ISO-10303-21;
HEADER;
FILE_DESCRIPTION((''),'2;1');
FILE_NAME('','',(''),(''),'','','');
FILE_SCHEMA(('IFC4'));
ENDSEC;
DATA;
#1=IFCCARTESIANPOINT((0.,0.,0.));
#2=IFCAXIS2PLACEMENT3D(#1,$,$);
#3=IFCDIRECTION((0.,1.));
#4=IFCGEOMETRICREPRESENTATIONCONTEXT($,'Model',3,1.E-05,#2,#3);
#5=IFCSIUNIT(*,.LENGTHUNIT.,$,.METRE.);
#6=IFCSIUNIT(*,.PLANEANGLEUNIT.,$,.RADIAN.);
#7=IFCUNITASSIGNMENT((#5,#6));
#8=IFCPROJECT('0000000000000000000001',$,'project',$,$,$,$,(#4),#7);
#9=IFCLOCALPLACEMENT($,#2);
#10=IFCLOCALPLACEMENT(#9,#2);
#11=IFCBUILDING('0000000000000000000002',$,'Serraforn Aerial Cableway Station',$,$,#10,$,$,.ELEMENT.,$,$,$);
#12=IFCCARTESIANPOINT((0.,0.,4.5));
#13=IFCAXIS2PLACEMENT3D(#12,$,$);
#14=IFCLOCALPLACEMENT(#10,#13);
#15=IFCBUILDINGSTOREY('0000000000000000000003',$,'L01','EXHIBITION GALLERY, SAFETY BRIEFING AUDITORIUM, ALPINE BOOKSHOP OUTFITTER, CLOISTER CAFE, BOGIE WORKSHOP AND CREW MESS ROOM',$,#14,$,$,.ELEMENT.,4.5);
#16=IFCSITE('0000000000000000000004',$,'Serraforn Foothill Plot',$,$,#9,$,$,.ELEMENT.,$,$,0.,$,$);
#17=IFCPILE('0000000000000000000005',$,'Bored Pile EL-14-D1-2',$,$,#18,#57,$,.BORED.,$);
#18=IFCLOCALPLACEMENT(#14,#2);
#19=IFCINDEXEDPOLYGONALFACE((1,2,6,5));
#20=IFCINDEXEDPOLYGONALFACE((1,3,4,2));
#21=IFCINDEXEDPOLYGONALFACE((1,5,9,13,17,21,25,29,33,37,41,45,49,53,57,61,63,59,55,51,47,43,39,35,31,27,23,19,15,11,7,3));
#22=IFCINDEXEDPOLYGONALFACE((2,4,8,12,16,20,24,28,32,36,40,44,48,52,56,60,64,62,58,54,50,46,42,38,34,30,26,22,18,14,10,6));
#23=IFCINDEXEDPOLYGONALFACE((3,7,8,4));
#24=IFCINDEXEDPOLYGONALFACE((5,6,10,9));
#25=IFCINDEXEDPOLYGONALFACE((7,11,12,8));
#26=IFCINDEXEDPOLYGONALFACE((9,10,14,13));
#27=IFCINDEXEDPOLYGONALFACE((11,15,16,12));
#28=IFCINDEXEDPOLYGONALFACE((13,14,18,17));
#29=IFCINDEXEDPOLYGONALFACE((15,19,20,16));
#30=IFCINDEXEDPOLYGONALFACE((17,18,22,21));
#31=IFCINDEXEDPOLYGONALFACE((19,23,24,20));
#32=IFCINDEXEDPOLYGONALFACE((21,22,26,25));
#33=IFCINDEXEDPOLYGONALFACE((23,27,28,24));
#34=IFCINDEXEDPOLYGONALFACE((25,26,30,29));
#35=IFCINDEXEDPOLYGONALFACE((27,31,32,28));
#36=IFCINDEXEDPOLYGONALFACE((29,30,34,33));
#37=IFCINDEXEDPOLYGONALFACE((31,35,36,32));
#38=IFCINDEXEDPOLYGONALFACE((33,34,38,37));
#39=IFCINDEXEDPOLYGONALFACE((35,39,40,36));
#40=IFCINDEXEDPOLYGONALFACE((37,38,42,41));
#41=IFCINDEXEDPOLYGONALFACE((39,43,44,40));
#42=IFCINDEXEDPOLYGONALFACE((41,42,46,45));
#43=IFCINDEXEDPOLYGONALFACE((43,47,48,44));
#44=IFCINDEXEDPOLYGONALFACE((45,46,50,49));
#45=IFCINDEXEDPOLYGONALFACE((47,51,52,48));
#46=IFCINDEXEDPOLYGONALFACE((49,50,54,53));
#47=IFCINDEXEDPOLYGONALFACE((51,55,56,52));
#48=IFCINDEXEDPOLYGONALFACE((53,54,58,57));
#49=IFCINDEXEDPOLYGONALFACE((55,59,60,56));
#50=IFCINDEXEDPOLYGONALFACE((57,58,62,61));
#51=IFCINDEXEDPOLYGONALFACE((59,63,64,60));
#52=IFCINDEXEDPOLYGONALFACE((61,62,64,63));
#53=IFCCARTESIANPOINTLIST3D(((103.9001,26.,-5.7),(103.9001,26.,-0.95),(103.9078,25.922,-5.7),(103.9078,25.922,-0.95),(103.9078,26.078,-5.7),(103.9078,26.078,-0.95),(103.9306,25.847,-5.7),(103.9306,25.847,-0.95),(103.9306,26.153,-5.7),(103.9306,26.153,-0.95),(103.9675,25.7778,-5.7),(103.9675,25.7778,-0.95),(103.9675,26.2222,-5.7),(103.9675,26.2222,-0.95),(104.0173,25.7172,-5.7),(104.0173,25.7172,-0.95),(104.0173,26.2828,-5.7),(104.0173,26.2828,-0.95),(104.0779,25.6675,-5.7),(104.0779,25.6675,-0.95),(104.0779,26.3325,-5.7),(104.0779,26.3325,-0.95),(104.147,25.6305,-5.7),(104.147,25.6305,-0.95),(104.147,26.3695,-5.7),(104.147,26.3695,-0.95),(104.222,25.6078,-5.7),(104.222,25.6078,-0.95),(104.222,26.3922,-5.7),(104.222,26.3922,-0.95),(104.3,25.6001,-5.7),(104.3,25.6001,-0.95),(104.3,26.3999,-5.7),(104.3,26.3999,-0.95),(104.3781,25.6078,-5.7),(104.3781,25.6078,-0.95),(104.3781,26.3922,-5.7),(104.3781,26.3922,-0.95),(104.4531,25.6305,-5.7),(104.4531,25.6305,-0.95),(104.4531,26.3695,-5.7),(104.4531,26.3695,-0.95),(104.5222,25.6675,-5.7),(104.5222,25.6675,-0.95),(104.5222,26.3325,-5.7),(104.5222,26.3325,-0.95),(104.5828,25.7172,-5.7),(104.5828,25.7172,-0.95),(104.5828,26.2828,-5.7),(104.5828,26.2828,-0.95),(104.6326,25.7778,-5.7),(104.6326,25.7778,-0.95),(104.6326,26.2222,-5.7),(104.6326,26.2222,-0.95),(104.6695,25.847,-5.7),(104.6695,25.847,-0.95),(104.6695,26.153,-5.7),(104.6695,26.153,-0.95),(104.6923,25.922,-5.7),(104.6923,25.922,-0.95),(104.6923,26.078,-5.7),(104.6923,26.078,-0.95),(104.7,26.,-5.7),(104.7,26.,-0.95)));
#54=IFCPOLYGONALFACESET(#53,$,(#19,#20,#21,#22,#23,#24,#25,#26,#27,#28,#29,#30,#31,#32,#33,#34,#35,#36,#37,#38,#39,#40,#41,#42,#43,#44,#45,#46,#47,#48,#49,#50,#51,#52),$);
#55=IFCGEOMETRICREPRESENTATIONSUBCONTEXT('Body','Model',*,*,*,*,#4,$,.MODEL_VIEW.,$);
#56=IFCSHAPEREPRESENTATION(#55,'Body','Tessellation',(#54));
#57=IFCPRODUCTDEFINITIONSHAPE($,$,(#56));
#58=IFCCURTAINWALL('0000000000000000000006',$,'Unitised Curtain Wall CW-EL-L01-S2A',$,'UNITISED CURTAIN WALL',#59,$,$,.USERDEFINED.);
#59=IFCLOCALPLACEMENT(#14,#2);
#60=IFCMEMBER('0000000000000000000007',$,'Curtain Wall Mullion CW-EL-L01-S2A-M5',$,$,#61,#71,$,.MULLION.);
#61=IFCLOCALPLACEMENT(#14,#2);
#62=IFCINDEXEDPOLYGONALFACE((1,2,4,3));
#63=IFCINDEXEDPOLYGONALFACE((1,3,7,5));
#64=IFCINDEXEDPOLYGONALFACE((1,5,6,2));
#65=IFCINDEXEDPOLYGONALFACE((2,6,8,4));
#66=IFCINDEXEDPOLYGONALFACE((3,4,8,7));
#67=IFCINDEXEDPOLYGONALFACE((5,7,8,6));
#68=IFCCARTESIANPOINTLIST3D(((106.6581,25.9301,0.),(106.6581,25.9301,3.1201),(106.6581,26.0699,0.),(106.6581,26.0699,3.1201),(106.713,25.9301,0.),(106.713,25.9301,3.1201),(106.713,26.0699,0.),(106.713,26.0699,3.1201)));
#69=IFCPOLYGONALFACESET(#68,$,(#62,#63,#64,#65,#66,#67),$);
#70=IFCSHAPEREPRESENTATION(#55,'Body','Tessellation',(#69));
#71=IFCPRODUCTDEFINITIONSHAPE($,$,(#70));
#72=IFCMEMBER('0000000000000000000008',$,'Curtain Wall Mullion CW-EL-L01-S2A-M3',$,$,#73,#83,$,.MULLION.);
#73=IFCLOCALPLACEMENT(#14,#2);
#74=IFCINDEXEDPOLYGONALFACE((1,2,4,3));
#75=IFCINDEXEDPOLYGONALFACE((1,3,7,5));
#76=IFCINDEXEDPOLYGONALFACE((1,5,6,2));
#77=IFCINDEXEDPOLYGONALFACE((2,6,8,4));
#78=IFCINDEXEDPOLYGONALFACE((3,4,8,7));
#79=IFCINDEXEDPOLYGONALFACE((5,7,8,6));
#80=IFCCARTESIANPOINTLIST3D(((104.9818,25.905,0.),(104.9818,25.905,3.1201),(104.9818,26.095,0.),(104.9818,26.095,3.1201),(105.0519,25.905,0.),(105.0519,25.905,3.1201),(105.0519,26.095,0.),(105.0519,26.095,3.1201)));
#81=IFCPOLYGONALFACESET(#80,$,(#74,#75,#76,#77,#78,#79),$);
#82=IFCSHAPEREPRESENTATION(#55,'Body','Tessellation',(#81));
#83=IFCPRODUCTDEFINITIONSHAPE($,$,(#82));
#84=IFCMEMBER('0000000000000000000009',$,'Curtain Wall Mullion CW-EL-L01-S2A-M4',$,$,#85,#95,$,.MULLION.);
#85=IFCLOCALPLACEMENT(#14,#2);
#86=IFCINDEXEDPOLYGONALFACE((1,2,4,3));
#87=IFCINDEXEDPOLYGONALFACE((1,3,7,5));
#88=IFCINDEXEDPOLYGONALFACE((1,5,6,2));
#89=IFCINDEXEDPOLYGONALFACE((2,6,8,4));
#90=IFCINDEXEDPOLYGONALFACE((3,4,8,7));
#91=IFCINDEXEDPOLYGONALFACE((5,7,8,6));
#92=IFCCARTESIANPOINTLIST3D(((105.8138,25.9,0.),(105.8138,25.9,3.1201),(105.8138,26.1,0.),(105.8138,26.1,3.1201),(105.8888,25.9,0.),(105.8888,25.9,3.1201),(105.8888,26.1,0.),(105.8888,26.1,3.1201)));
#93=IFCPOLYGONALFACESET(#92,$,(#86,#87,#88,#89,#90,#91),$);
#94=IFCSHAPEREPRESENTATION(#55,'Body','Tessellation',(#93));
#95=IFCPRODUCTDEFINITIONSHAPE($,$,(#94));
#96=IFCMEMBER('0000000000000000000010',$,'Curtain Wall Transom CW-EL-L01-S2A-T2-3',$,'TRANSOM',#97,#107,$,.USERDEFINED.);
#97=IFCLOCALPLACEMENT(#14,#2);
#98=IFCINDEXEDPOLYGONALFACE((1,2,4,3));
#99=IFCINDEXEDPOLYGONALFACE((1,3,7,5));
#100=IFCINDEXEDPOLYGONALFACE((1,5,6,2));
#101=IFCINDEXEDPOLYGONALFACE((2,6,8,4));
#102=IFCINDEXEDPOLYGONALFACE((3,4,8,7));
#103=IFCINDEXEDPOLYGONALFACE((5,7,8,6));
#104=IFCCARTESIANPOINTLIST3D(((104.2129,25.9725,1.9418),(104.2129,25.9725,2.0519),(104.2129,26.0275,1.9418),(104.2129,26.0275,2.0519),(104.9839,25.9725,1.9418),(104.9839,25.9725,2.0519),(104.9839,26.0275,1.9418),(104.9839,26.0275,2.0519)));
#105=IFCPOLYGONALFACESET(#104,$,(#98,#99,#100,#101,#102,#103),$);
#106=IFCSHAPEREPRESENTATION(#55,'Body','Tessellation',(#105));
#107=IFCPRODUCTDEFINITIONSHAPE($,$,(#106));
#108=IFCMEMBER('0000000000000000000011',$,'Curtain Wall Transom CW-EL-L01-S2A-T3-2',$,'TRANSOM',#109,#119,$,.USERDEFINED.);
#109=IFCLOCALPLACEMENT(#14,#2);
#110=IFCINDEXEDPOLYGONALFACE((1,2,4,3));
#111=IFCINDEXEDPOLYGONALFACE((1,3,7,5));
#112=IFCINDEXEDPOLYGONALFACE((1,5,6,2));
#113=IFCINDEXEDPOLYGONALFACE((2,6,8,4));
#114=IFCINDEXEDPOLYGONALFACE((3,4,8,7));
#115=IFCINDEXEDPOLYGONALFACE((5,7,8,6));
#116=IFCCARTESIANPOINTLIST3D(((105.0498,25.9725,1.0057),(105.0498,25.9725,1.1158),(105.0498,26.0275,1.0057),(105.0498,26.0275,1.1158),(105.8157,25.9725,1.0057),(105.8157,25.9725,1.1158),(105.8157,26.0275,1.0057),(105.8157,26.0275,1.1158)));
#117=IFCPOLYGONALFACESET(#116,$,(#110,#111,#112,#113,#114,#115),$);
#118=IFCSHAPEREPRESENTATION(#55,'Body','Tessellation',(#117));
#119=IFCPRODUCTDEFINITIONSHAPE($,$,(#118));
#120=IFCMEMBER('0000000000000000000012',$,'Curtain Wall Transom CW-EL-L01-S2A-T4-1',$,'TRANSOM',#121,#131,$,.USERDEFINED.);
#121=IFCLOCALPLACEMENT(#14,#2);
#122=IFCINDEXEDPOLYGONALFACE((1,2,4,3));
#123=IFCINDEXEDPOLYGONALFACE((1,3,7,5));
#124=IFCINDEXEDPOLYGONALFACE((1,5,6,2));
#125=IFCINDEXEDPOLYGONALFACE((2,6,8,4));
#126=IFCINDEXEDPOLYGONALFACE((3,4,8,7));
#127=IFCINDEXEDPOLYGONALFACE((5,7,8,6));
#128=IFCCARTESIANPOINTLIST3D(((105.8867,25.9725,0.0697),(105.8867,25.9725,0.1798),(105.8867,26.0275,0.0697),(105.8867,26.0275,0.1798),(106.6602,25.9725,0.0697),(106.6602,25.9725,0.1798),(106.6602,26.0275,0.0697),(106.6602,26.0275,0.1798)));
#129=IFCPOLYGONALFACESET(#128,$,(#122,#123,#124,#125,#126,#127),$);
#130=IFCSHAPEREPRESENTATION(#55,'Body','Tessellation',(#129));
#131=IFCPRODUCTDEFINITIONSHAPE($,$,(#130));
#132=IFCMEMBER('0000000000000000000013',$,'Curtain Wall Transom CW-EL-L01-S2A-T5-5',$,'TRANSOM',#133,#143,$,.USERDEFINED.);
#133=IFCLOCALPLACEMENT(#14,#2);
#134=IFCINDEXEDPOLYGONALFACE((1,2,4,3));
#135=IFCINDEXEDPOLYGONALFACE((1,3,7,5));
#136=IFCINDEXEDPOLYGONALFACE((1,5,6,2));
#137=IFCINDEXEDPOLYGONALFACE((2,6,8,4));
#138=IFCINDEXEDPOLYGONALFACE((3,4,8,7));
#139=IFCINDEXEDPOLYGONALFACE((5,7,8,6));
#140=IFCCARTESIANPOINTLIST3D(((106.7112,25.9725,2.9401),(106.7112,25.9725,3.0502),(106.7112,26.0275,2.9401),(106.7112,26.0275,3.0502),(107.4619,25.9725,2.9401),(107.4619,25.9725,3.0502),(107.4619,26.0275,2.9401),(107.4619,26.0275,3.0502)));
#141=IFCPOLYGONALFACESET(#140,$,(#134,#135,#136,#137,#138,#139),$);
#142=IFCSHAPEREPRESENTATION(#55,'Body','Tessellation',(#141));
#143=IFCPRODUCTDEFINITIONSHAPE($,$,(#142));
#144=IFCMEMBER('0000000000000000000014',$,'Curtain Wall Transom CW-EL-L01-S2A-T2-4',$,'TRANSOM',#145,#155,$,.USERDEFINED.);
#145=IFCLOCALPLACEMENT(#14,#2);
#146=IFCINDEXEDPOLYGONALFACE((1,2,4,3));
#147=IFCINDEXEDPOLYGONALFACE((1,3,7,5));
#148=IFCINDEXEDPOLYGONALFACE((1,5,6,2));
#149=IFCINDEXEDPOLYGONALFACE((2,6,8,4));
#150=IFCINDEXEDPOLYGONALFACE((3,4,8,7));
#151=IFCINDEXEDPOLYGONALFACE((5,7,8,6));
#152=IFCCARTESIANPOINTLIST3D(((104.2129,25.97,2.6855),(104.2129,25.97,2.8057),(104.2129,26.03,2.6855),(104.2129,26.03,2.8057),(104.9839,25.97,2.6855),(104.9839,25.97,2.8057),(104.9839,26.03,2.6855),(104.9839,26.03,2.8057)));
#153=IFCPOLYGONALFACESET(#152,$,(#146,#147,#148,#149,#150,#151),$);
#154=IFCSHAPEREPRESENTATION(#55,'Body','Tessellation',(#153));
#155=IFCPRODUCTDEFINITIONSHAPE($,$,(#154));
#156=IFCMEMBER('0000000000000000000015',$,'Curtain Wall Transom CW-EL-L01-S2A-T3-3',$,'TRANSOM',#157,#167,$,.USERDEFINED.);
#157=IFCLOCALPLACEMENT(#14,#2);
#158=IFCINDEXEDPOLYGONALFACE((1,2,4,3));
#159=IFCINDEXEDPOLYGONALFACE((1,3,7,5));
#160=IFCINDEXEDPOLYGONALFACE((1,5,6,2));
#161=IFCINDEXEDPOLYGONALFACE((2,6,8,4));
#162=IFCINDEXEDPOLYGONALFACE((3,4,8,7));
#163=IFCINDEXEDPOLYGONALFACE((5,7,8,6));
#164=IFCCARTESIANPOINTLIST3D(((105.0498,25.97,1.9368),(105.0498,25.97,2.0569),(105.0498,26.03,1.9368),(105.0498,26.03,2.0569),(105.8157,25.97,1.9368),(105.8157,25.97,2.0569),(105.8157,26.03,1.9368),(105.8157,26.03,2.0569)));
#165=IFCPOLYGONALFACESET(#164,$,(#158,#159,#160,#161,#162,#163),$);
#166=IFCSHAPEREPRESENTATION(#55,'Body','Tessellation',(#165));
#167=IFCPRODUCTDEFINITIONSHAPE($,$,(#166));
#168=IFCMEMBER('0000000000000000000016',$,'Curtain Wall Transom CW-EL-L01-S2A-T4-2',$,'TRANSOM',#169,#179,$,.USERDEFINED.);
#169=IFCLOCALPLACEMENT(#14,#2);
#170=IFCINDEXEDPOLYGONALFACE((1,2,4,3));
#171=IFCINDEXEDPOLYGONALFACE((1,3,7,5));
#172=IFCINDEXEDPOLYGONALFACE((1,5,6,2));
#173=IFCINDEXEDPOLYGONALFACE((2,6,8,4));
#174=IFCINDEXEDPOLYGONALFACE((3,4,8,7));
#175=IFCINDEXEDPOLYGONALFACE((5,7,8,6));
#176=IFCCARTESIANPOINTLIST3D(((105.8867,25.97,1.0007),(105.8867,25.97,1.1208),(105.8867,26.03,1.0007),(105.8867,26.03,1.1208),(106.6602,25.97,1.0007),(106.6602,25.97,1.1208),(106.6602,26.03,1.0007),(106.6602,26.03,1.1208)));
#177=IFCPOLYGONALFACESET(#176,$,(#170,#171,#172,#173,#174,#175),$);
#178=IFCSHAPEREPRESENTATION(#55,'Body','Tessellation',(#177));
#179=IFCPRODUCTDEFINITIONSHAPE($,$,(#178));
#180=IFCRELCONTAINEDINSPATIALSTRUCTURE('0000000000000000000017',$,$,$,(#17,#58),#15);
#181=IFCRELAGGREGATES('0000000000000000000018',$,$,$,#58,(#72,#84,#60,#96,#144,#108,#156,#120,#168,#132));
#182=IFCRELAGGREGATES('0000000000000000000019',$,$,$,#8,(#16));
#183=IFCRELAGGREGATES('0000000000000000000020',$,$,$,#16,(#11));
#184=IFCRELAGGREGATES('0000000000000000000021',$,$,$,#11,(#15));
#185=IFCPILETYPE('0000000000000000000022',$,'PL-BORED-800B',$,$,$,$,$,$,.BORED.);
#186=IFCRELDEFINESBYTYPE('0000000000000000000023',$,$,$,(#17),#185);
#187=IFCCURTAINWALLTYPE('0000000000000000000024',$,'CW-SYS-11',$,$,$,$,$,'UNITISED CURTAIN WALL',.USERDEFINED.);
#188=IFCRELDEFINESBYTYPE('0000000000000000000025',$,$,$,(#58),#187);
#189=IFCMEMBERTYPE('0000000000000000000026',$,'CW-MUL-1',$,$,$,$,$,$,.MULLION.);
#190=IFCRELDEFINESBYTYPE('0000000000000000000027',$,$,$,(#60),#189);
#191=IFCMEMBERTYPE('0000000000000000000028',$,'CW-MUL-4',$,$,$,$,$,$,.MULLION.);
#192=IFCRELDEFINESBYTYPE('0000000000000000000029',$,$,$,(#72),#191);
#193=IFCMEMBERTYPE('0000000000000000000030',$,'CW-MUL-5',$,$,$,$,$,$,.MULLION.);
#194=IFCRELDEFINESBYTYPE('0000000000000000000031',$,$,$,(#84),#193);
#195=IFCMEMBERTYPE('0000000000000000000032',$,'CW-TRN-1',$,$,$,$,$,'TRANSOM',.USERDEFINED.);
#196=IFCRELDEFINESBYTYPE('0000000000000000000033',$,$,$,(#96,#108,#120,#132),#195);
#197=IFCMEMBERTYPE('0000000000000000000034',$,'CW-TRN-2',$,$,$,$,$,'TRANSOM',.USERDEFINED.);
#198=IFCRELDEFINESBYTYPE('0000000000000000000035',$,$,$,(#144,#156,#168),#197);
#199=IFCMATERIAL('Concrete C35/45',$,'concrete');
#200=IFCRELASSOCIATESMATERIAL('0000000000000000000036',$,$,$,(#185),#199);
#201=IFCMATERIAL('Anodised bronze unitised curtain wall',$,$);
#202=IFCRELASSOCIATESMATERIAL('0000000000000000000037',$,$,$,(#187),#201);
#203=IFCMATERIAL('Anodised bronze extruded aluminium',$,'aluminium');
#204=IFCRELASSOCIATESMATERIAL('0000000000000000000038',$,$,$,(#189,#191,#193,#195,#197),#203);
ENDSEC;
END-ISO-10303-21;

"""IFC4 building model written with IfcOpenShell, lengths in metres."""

from ifc_helpers import new_model, si_unit, direction, frame, origin, origin_2d, place, context, subcontext, project, spatial, rectangle, circle, extrude, material, material_profile, profile_set, type_object, element, aggregate, save


model = new_model("IFC4")

# Units and contexts
model_context = context("Model", 3, precision=1e-05, world=origin(), true_north=direction((0.0, 1.0)))
body_context = subcontext(model_context, "Body", "Model", "MODEL_VIEW")
ifc_project = project(units=[si_unit("LENGTHUNIT", "METRE"), si_unit("PLANEANGLEUNIT", "RADIAN")], contexts=[model_context])

# Site, building, storey
site_placement = place(None, origin())
site = spatial("IfcSite", under=ifc_project, at=site_placement, Name="Serraforn Foothill Plot", CompositionType="ELEMENT", RefElevation=0.0)
building_placement = place(site_placement, origin())
building = spatial("IfcBuilding", under=site, at=building_placement, Name="Serraforn Aerial Cableway Station", CompositionType="ELEMENT")
storey_placement = place(building_placement, frame((0.0, 0.0, 4.5)))
storey = spatial("IfcBuildingStorey", under=building, at=storey_placement, Name="L01", Description="EXHIBITION GALLERY, SAFETY BRIEFING AUDITORIUM, ALPINE BOOKSHOP OUTFITTER, CLOISTER CAFE, BOGIE WORKSHOP AND CREW MESS ROOM", CompositionType="ELEMENT", Elevation=4.5)

# Pile
ifc_material_1 = material(Name="Concrete C35/45", Category="concrete")
ifc_material_profile_1 = material_profile(ifc_material_1, circle(Radius=0.3999, at=origin_2d()), Name="BORED PILE D800")
ifc_profile_set_1 = profile_set([ifc_material_profile_1], Name="Concrete C35/45")
pile_type = type_object("IfcPileType", Name="PL-BORED-800B", PredefinedType="BORED", material=ifc_profile_set_1)
pile_placement = place(storey_placement, frame((104.3, 26.0, -0.95), z_axis=(0.0, 0.0, -1.0), x_axis=(1.0, 0.0, 0.0)))
element("IfcPile", 1, at=pile_placement, inside=storey, type_object=pile_type, Name="Bored Pile EL-14-D1-2", PredefinedType="BORED", context=body_context, shape_type="SweptSolid", body=[
    extrude(circle(Radius=0.3999, at=origin_2d()), origin(), (0.0, 0.0, 1.0), 4.75),
])

# Curtain wall, members
ifc_material_2 = material(Name="Anodised bronze unitised curtain wall")
curtain_wall_type = type_object("IfcCurtainWallType", Name="CW-SYS-11", ElementType="UNITISED CURTAIN WALL", PredefinedType="USERDEFINED", material=ifc_material_2)
curtain_wall_placement = place(storey_placement, origin())
curtain_wall = element("IfcCurtainWall", 2, at=curtain_wall_placement, inside=storey, type_object=curtain_wall_type, Name="Unitised Curtain Wall CW-EL-L01-S2A", ObjectType="UNITISED CURTAIN WALL", PredefinedType="USERDEFINED")
ifc_material_3 = material(Name="Anodised bronze extruded aluminium", Category="aluminium")
ifc_material_profile_2 = material_profile(ifc_material_3, rectangle(XDim=0.0549, YDim=0.1399, at=origin_2d()), Name="CW MULLION 55x140")
ifc_profile_set_2 = profile_set([ifc_material_profile_2], Name="Anodised bronze extruded aluminium")
member_type_1 = type_object("IfcMemberType", Name="CW-MUL-1", PredefinedType="MULLION", material=ifc_profile_set_2)
member_1_placement = place(storey_placement, frame((106.6855, 26.0, 0.0), z_axis=(0.0, 0.0, 1.0), x_axis=(1.0, 0.0, 0.0)))
member_1 = element("IfcMember", 3, at=member_1_placement, type_object=member_type_1, Name="Curtain Wall Mullion CW-EL-L01-S2A-M5", PredefinedType="MULLION", context=body_context, shape_type="SweptSolid", body=[
    extrude(rectangle(XDim=0.0549, YDim=0.1399, at=origin_2d()), origin(), (0.0, 0.0, 1.0), 3.1201),
])
ifc_material_profile_3 = material_profile(ifc_material_3, rectangle(XDim=0.0701, YDim=0.1899, at=origin_2d()), Name="CW MULLION 70x190")
ifc_profile_set_3 = profile_set([ifc_material_profile_3], Name="Anodised bronze extruded aluminium")
member_type_2 = type_object("IfcMemberType", Name="CW-MUL-4", PredefinedType="MULLION", material=ifc_profile_set_3)
member_2_placement = place(storey_placement, frame((105.0168, 26.0, 0.0), z_axis=(0.0, 0.0, 1.0), x_axis=(1.0, 0.0, 0.0)))
member_2 = element("IfcMember", 4, at=member_2_placement, type_object=member_type_2, Name="Curtain Wall Mullion CW-EL-L01-S2A-M3", PredefinedType="MULLION", context=body_context, shape_type="SweptSolid", body=[
    extrude(rectangle(XDim=0.0701, YDim=0.1899, at=origin_2d()), origin(), (0.0, 0.0, 1.0), 3.1201),
])
ifc_material_profile_4 = material_profile(ifc_material_3, rectangle(XDim=0.075, YDim=0.2, at=origin_2d()), Name="CW MULLION 75x200")
ifc_profile_set_4 = profile_set([ifc_material_profile_4], Name="Anodised bronze extruded aluminium")
member_type_3 = type_object("IfcMemberType", Name="CW-MUL-5", PredefinedType="MULLION", material=ifc_profile_set_4)
member_3_placement = place(storey_placement, frame((105.8513, 26.0, 0.0), z_axis=(0.0, 0.0, 1.0), x_axis=(1.0, 0.0, 0.0)))
member_3 = element("IfcMember", 5, at=member_3_placement, type_object=member_type_3, Name="Curtain Wall Mullion CW-EL-L01-S2A-M4", PredefinedType="MULLION", context=body_context, shape_type="SweptSolid", body=[
    extrude(rectangle(XDim=0.075, YDim=0.2, at=origin_2d()), origin(), (0.0, 0.0, 1.0), 3.1201),
])
ifc_material_profile_5 = material_profile(ifc_material_3, rectangle(XDim=0.0549, YDim=0.1101, at=origin_2d()), Name="CW TRANSOM 55x110")
ifc_profile_set_5 = profile_set([ifc_material_profile_5], Name="Anodised bronze extruded aluminium")
member_type_4 = type_object("IfcMemberType", Name="CW-TRN-1", ElementType="TRANSOM", PredefinedType="USERDEFINED", material=ifc_profile_set_5)
member_4_placement = place(storey_placement, frame((104.2129, 26.0, 1.9968), z_axis=(1.0, 0.0, 0.0), x_axis=(0.0, 1.0, 0.0)))
member_4 = element("IfcMember", 6, at=member_4_placement, type_object=member_type_4, Name="Curtain Wall Transom CW-EL-L01-S2A-T2-3", ObjectType="TRANSOM", PredefinedType="USERDEFINED", context=body_context, shape_type="SweptSolid", body=[
    extrude(rectangle(XDim=0.0549, YDim=0.1101, at=origin_2d()), origin(), (0.0, 0.0, 1.0), 0.771),
])
member_5_placement = place(storey_placement, frame((105.0498, 26.0, 1.0608), z_axis=(1.0, 0.0, 0.0), x_axis=(0.0, 1.0, 0.0)))
member_5 = element("IfcMember", 7, at=member_5_placement, type_object=member_type_4, Name="Curtain Wall Transom CW-EL-L01-S2A-T3-2", ObjectType="TRANSOM", PredefinedType="USERDEFINED", context=body_context, shape_type="SweptSolid", body=[
    extrude(rectangle(XDim=0.0549, YDim=0.1101, at=origin_2d()), origin(), (0.0, 0.0, 1.0), 0.7659),
])
member_6_placement = place(storey_placement, frame((105.8867, 26.0, 0.1248), z_axis=(1.0, 0.0, 0.0), x_axis=(0.0, 1.0, 0.0)))
member_6 = element("IfcMember", 8, at=member_6_placement, type_object=member_type_4, Name="Curtain Wall Transom CW-EL-L01-S2A-T4-1", ObjectType="TRANSOM", PredefinedType="USERDEFINED", context=body_context, shape_type="SweptSolid", body=[
    extrude(rectangle(XDim=0.0549, YDim=0.1101, at=origin_2d()), origin(), (0.0, 0.0, 1.0), 0.7734),
])
member_7_placement = place(storey_placement, frame((106.7112, 26.0, 2.9951), z_axis=(1.0, 0.0, 0.0), x_axis=(0.0, 1.0, 0.0)))
member_7 = element("IfcMember", 9, at=member_7_placement, type_object=member_type_4, Name="Curtain Wall Transom CW-EL-L01-S2A-T5-5", ObjectType="TRANSOM", PredefinedType="USERDEFINED", context=body_context, shape_type="SweptSolid", body=[
    extrude(rectangle(XDim=0.0549, YDim=0.1101, at=origin_2d()), origin(), (0.0, 0.0, 1.0), 0.7507),
])
ifc_material_profile_6 = material_profile(ifc_material_3, rectangle(XDim=0.0601, YDim=0.1201, at=origin_2d()), Name="CW TRANSOM 60x120")
ifc_profile_set_6 = profile_set([ifc_material_profile_6], Name="Anodised bronze extruded aluminium")
member_type_5 = type_object("IfcMemberType", Name="CW-TRN-2", ElementType="TRANSOM", PredefinedType="USERDEFINED", material=ifc_profile_set_6)
member_8_placement = place(storey_placement, frame((104.2129, 26.0, 2.7456), z_axis=(1.0, 0.0, 0.0), x_axis=(0.0, 1.0, 0.0)))
member_8 = element("IfcMember", 10, at=member_8_placement, type_object=member_type_5, Name="Curtain Wall Transom CW-EL-L01-S2A-T2-4", ObjectType="TRANSOM", PredefinedType="USERDEFINED", context=body_context, shape_type="SweptSolid", body=[
    extrude(rectangle(XDim=0.0601, YDim=0.1201, at=origin_2d()), origin(), (0.0, 0.0, 1.0), 0.771),
])
member_9_placement = place(storey_placement, frame((105.0498, 26.0, 1.9968), z_axis=(1.0, 0.0, 0.0), x_axis=(0.0, 1.0, 0.0)))
member_9 = element("IfcMember", 11, at=member_9_placement, type_object=member_type_5, Name="Curtain Wall Transom CW-EL-L01-S2A-T3-3", ObjectType="TRANSOM", PredefinedType="USERDEFINED", context=body_context, shape_type="SweptSolid", body=[
    extrude(rectangle(XDim=0.0601, YDim=0.1201, at=origin_2d()), origin(), (0.0, 0.0, 1.0), 0.7659),
])
member_10_placement = place(storey_placement, frame((105.8867, 26.0, 1.0608), z_axis=(1.0, 0.0, 0.0), x_axis=(0.0, 1.0, 0.0)))
member_10 = element("IfcMember", 12, at=member_10_placement, type_object=member_type_5, Name="Curtain Wall Transom CW-EL-L01-S2A-T4-2", ObjectType="TRANSOM", PredefinedType="USERDEFINED", context=body_context, shape_type="SweptSolid", body=[
    extrude(rectangle(XDim=0.0601, YDim=0.1201, at=origin_2d()), origin(), (0.0, 0.0, 1.0), 0.7734),
])
aggregate(curtain_wall, [member_2, member_3, member_1, member_4, member_8, member_5, member_9, member_6, member_10, member_7])

save(model, "model.ifc")
